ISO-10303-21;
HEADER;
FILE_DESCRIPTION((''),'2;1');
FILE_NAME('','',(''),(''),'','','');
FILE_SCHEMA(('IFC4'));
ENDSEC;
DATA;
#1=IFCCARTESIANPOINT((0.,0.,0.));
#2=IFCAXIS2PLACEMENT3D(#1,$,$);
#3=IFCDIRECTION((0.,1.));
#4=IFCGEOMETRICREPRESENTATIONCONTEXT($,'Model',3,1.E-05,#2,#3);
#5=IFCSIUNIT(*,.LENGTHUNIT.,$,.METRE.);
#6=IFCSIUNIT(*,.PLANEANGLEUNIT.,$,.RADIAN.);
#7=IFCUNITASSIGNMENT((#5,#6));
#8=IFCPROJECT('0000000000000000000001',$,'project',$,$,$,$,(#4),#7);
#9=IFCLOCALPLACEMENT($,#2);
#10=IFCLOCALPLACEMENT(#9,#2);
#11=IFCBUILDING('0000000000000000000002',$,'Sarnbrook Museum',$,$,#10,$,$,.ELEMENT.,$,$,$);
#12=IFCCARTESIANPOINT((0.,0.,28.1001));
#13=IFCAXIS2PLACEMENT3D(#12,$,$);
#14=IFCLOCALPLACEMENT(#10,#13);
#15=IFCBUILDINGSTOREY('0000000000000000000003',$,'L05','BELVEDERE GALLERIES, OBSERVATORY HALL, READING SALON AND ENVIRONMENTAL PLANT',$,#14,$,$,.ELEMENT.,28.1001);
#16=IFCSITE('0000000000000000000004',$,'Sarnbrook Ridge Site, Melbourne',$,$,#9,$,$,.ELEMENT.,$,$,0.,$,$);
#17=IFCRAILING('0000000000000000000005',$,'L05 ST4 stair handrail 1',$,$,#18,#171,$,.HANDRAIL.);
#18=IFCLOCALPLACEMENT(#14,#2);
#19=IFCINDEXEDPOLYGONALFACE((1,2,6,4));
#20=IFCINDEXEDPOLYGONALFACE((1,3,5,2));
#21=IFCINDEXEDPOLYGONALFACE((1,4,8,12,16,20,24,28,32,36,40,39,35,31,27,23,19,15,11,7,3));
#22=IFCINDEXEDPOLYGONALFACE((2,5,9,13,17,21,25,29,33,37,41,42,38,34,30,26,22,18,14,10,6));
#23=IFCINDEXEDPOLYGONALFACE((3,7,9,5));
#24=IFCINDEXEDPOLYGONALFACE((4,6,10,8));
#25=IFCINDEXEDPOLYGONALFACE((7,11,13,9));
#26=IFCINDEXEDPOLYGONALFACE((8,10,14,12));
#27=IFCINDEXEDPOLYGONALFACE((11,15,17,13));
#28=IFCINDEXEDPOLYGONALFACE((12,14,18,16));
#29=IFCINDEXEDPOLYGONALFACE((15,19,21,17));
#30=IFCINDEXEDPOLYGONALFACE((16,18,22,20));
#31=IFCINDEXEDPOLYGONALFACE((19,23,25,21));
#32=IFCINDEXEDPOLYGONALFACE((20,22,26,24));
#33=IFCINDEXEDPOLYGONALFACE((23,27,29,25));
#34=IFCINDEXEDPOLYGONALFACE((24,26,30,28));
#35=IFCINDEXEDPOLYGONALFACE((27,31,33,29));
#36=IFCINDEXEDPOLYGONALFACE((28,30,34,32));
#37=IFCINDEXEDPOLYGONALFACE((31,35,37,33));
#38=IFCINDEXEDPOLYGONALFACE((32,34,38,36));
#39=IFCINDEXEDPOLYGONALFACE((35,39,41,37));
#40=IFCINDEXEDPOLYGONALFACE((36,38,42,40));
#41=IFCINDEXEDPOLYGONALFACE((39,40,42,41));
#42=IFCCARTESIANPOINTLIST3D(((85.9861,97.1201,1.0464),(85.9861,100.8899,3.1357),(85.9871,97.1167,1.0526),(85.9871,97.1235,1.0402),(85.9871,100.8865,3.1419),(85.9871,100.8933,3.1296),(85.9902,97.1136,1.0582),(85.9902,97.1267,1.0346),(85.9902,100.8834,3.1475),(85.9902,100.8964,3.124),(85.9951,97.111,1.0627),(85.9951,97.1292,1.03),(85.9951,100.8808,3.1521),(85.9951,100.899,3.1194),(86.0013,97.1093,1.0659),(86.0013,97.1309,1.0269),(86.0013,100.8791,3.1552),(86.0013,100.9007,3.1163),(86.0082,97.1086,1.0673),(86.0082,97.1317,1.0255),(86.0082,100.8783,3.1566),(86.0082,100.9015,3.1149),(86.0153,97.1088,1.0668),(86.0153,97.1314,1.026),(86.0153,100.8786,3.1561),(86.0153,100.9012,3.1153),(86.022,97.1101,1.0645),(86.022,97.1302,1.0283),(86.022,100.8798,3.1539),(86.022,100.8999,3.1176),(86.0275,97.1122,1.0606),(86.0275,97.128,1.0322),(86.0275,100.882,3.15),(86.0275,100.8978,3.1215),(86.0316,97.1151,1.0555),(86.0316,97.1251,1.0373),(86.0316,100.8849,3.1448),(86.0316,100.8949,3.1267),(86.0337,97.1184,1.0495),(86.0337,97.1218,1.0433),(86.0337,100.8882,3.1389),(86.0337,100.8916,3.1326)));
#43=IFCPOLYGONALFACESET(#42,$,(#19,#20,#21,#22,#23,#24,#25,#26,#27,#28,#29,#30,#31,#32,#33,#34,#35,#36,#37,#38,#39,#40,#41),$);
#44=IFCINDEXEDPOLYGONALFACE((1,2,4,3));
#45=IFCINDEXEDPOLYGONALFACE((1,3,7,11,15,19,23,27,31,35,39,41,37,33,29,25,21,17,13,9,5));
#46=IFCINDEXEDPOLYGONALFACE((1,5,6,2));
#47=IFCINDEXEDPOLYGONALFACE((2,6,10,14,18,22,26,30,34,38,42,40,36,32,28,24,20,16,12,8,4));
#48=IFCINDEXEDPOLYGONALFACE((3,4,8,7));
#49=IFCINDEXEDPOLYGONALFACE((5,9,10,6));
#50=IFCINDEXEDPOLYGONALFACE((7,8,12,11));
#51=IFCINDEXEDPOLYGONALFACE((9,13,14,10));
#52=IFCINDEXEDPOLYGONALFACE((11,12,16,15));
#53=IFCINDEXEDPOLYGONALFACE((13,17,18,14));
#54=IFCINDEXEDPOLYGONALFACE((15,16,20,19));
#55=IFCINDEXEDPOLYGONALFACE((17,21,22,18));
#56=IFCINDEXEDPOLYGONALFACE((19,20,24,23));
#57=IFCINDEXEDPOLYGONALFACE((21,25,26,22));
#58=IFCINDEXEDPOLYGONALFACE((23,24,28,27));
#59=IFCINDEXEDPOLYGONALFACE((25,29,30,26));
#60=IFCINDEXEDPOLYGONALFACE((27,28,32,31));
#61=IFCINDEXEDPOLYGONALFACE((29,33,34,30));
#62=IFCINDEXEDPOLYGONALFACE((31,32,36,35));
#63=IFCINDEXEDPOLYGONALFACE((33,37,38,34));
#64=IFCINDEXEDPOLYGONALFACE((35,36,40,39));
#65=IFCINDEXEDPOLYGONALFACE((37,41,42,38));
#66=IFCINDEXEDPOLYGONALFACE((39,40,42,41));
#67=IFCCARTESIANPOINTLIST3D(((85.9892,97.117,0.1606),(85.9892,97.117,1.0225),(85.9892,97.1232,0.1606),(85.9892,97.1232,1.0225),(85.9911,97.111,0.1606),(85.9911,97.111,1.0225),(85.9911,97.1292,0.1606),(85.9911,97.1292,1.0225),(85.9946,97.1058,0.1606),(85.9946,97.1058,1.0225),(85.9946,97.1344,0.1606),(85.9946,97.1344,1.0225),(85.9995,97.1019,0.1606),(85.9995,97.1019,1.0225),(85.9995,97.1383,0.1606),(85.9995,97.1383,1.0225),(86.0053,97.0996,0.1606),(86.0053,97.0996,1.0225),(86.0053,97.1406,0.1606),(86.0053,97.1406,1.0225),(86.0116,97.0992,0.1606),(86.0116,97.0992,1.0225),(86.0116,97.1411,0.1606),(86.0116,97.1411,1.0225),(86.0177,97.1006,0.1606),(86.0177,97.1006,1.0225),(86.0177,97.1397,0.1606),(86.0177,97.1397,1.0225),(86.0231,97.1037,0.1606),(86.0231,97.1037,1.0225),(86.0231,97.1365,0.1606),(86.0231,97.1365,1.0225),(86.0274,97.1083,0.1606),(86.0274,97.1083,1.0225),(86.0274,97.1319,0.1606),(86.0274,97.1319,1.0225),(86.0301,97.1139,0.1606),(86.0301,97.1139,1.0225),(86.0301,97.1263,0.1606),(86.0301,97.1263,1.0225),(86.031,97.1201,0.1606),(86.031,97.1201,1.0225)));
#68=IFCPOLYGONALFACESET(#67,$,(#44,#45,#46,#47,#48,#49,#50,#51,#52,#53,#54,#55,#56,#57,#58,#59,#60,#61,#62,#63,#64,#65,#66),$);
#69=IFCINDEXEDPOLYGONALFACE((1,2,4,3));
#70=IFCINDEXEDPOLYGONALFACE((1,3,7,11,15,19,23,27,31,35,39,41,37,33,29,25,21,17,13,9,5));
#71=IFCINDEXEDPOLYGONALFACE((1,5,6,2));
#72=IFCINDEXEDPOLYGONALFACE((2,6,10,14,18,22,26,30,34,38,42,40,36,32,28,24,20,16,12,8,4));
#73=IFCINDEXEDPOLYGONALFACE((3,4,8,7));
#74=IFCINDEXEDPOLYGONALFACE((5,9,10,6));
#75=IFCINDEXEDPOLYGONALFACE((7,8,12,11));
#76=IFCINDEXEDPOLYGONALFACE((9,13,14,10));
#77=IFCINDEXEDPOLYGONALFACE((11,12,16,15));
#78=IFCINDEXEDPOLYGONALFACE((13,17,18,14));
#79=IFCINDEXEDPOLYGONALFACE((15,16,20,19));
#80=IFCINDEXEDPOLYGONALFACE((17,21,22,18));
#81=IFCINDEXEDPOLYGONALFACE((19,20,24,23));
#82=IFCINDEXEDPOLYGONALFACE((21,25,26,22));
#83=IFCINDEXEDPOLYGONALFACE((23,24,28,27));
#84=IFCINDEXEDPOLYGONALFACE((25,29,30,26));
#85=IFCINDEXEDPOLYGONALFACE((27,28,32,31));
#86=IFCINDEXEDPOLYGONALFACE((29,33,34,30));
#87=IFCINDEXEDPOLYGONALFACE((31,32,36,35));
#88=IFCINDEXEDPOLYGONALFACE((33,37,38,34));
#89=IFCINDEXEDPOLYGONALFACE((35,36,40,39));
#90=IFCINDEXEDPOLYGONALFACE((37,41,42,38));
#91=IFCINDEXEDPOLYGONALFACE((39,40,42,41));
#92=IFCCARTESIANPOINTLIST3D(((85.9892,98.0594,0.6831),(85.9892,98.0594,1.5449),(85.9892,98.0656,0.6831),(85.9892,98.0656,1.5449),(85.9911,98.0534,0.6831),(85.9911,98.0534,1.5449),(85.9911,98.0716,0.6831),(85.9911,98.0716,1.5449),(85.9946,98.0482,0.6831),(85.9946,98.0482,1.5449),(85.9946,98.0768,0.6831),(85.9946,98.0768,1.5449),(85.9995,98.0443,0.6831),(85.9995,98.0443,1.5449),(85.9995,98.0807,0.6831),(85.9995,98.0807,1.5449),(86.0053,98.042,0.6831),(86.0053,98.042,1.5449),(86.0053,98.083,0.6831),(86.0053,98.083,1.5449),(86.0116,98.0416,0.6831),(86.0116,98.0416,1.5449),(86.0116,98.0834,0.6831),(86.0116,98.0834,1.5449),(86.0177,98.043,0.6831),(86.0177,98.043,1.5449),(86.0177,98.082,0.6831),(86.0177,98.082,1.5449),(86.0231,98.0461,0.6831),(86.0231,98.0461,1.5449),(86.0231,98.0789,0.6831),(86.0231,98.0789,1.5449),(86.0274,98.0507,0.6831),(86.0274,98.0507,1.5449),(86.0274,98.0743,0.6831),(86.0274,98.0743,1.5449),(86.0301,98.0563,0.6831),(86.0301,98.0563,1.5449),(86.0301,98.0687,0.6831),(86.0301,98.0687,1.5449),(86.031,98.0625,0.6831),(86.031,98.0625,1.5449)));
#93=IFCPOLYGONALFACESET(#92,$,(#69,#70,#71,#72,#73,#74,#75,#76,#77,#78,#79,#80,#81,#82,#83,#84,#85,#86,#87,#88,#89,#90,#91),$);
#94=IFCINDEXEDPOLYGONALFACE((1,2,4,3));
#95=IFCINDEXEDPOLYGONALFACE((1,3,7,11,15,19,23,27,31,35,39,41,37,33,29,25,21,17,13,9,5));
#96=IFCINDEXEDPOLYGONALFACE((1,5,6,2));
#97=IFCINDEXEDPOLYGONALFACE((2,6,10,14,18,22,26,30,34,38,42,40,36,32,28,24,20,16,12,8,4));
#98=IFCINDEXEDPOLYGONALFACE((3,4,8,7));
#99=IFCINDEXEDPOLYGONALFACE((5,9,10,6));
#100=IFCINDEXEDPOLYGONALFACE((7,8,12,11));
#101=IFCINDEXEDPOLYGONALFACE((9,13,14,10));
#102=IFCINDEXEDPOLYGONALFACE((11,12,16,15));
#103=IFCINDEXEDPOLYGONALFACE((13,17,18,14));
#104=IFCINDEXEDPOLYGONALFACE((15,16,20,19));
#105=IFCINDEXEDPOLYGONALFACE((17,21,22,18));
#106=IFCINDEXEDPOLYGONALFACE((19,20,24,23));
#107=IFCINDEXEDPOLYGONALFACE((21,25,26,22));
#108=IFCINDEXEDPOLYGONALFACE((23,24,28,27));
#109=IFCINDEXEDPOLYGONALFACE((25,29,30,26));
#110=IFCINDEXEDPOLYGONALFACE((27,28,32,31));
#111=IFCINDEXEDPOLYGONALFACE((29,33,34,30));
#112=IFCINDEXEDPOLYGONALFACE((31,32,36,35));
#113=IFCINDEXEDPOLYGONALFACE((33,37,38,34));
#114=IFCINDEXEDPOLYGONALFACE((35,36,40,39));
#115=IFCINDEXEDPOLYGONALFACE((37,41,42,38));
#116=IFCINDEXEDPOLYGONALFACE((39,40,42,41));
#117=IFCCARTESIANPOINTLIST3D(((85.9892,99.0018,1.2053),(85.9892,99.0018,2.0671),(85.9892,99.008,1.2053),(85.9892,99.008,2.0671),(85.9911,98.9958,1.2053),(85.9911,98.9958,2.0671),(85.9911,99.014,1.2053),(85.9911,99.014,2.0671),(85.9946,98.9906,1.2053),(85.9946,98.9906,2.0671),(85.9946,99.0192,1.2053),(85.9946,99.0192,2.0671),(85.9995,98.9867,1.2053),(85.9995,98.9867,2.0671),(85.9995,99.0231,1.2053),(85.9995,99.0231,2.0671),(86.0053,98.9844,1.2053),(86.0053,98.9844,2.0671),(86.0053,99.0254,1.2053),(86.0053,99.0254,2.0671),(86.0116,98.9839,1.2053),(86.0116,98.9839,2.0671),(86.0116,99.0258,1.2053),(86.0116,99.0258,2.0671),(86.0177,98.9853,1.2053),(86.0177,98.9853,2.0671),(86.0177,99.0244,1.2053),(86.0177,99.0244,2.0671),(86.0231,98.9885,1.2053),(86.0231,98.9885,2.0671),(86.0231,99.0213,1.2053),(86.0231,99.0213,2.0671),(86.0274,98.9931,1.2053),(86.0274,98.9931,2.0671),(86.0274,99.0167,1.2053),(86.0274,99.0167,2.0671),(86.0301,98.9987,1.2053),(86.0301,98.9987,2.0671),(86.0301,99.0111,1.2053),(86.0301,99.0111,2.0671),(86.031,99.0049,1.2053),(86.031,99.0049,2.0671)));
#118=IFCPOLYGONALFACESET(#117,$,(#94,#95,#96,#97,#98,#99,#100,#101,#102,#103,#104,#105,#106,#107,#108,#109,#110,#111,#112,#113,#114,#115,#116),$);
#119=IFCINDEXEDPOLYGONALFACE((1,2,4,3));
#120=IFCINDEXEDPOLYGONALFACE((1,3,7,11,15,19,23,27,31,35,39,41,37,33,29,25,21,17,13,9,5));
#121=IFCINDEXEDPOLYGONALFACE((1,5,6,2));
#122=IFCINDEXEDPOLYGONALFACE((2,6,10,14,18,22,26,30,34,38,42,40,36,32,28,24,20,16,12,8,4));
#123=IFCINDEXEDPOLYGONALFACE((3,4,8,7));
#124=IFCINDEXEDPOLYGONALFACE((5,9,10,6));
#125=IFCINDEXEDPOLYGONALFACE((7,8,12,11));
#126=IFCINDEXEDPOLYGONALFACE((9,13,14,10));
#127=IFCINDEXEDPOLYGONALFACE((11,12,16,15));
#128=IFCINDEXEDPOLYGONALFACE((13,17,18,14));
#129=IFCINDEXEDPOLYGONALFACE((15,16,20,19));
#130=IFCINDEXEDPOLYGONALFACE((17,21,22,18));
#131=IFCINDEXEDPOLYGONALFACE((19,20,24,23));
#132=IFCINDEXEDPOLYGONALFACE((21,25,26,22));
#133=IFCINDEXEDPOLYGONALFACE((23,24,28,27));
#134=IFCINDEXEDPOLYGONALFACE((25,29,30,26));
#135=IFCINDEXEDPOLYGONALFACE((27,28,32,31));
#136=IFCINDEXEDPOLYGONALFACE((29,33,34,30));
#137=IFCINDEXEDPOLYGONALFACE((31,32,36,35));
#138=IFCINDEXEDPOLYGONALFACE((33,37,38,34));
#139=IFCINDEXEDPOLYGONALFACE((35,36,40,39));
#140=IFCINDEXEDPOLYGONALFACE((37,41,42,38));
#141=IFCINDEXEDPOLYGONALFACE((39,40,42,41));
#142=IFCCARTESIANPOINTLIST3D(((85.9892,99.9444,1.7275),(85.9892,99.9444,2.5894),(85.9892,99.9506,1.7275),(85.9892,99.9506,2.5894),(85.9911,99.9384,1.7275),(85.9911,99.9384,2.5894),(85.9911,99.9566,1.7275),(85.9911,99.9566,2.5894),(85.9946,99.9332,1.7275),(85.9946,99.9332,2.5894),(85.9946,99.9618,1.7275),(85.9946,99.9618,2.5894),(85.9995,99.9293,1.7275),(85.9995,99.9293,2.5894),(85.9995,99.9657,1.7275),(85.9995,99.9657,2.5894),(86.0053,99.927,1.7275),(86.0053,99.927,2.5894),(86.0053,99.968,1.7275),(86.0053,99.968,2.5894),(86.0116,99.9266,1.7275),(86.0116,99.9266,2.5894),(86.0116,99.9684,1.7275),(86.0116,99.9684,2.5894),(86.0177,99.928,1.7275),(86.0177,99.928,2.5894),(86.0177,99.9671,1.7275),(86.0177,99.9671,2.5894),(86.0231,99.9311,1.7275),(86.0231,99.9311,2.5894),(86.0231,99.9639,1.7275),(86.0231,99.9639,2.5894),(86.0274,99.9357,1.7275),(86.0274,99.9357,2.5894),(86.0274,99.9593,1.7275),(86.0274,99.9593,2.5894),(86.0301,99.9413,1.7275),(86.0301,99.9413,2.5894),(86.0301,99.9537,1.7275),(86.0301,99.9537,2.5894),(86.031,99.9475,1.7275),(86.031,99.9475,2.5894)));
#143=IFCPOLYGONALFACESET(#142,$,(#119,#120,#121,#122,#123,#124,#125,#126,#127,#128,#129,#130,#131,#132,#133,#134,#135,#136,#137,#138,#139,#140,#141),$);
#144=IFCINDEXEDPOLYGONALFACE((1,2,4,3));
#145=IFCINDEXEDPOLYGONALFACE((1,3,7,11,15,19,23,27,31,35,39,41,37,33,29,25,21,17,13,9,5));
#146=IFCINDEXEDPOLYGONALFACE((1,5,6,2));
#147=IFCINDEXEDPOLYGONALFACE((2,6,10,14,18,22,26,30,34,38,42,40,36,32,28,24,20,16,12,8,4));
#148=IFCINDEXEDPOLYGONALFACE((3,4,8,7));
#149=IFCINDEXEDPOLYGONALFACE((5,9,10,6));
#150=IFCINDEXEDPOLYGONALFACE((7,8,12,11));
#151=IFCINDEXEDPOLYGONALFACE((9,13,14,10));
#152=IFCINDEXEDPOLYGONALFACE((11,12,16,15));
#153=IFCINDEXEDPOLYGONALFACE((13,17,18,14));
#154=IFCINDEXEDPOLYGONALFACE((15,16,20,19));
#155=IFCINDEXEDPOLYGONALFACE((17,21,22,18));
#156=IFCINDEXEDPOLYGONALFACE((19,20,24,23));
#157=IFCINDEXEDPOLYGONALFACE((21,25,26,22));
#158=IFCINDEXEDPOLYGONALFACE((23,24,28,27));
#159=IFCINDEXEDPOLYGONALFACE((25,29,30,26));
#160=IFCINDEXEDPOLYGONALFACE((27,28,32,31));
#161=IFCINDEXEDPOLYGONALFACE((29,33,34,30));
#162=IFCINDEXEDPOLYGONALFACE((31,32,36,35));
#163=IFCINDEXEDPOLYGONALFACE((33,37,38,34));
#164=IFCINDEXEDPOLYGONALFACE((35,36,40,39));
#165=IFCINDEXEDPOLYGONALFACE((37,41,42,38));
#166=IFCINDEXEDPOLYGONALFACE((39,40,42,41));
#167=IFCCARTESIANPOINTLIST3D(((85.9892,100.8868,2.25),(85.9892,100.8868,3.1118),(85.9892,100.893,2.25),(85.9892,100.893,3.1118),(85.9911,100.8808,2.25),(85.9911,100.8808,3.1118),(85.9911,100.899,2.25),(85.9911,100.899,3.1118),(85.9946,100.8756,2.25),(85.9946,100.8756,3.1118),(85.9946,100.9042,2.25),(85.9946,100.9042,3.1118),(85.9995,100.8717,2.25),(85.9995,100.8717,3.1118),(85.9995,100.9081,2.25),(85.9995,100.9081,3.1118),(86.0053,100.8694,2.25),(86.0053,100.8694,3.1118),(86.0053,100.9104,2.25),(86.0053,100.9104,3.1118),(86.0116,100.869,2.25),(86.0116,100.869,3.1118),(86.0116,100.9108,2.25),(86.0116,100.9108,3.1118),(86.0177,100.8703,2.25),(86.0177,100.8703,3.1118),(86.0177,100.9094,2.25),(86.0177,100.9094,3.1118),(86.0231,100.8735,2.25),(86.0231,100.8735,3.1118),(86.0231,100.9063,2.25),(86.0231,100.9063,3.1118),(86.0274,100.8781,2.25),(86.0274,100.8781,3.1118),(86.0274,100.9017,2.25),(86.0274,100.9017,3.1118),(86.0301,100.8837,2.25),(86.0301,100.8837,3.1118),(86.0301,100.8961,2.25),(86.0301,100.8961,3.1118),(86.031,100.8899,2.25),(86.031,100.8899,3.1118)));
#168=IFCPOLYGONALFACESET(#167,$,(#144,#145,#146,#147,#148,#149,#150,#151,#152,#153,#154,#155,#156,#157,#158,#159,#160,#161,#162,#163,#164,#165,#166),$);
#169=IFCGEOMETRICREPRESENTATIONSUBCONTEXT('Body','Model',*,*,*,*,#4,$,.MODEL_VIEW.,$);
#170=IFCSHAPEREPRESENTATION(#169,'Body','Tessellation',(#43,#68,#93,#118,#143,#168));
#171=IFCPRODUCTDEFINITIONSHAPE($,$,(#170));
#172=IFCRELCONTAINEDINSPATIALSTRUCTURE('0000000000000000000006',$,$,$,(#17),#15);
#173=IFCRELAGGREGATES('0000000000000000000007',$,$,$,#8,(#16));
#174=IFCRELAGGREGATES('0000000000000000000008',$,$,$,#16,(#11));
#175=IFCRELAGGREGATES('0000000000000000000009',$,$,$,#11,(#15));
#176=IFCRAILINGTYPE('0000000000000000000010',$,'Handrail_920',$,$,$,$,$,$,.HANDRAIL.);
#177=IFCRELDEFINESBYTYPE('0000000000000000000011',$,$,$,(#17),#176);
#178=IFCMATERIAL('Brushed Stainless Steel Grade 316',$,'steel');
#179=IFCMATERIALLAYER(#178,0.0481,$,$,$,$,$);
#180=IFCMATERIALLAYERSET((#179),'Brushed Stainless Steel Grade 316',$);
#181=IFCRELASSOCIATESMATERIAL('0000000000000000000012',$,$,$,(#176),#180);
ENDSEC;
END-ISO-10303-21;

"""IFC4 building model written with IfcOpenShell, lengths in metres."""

from ifc_helpers import new_model, si_unit, direction, frame, origin, origin_2d, place, context, subcontext, project, spatial, circle, extrude, material, layer, layer_set, type_object, element, save


model = new_model("IFC4")

# Units and contexts
model_context = context("Model", 3, precision=1e-05, world=origin(), true_north=direction((0.0, 1.0)))
body_context = subcontext(model_context, "Body", "Model", "MODEL_VIEW")
ifc_project = project(units=[si_unit("LENGTHUNIT", "METRE"), si_unit("PLANEANGLEUNIT", "RADIAN")], contexts=[model_context])

# Site, building, storey
site_placement = place(None, origin())
site = spatial("IfcSite", under=ifc_project, at=site_placement, Name="Sarnbrook Ridge Site, Melbourne", CompositionType="ELEMENT", RefElevation=0.0)
building_placement = place(site_placement, origin())
building = spatial("IfcBuilding", under=site, at=building_placement, Name="Sarnbrook Museum", CompositionType="ELEMENT")
storey_placement = place(building_placement, frame((0.0, 0.0, 28.1001)))
storey = spatial("IfcBuildingStorey", under=building, at=storey_placement, Name="L05", Description="BELVEDERE GALLERIES, OBSERVATORY HALL, READING SALON AND ENVIRONMENTAL PLANT", CompositionType="ELEMENT", Elevation=28.1001)

# Shared definitions
ifc_material_1 = material(Name="Brushed Stainless Steel Grade 316", Category="steel")

# Railing
ifc_layer_1 = layer(ifc_material_1, 0.0481)
ifc_layer_set_1 = layer_set([ifc_layer_1], Name="Brushed Stainless Steel Grade 316")
railing_type_1 = type_object("IfcRailingType", Name="Handrail_920", PredefinedType="HANDRAIL", material=ifc_layer_set_1)
railing_1_placement = place(storey_placement, frame((86.01, 97.1201, 0.1606)))
element("IfcRailing", 1, at=railing_1_placement, inside=storey, type_object=railing_type_1, Name="L05 ST4 stair handrail 1", PredefinedType="HANDRAIL", context=body_context, shape_type="SweptSolid", body=[
    extrude(circle(Radius=0.0239, at=origin_2d()), frame((0.0, 0.0, 0.8857), z_axis=(0.0, 0.874646, 0.484763), x_axis=(-1.0, 0.0, 0.0)), (0.0, 0.0, 1.0), 4.3101),
    extrude(circle(Radius=0.021, at=origin_2d()), origin(), (0.0, 0.0, 1.0), 0.8618),
    extrude(circle(Radius=0.021, at=origin_2d()), frame((0.0, 0.9424, 0.5225)), (0.0, 0.0, 1.0), 0.8618),
    extrude(circle(Radius=0.021, at=origin_2d()), frame((0.0, 1.8848, 1.0447)), (0.0, 0.0, 1.0), 0.8618),
    extrude(circle(Radius=0.021, at=origin_2d()), frame((0.0, 2.8274, 1.5669)), (0.0, 0.0, 1.0), 0.8618),
    extrude(circle(Radius=0.021, at=origin_2d()), frame((0.0, 3.7698, 2.0894)), (0.0, 0.0, 1.0), 0.8618),
])

save(model, "model.ifc")
